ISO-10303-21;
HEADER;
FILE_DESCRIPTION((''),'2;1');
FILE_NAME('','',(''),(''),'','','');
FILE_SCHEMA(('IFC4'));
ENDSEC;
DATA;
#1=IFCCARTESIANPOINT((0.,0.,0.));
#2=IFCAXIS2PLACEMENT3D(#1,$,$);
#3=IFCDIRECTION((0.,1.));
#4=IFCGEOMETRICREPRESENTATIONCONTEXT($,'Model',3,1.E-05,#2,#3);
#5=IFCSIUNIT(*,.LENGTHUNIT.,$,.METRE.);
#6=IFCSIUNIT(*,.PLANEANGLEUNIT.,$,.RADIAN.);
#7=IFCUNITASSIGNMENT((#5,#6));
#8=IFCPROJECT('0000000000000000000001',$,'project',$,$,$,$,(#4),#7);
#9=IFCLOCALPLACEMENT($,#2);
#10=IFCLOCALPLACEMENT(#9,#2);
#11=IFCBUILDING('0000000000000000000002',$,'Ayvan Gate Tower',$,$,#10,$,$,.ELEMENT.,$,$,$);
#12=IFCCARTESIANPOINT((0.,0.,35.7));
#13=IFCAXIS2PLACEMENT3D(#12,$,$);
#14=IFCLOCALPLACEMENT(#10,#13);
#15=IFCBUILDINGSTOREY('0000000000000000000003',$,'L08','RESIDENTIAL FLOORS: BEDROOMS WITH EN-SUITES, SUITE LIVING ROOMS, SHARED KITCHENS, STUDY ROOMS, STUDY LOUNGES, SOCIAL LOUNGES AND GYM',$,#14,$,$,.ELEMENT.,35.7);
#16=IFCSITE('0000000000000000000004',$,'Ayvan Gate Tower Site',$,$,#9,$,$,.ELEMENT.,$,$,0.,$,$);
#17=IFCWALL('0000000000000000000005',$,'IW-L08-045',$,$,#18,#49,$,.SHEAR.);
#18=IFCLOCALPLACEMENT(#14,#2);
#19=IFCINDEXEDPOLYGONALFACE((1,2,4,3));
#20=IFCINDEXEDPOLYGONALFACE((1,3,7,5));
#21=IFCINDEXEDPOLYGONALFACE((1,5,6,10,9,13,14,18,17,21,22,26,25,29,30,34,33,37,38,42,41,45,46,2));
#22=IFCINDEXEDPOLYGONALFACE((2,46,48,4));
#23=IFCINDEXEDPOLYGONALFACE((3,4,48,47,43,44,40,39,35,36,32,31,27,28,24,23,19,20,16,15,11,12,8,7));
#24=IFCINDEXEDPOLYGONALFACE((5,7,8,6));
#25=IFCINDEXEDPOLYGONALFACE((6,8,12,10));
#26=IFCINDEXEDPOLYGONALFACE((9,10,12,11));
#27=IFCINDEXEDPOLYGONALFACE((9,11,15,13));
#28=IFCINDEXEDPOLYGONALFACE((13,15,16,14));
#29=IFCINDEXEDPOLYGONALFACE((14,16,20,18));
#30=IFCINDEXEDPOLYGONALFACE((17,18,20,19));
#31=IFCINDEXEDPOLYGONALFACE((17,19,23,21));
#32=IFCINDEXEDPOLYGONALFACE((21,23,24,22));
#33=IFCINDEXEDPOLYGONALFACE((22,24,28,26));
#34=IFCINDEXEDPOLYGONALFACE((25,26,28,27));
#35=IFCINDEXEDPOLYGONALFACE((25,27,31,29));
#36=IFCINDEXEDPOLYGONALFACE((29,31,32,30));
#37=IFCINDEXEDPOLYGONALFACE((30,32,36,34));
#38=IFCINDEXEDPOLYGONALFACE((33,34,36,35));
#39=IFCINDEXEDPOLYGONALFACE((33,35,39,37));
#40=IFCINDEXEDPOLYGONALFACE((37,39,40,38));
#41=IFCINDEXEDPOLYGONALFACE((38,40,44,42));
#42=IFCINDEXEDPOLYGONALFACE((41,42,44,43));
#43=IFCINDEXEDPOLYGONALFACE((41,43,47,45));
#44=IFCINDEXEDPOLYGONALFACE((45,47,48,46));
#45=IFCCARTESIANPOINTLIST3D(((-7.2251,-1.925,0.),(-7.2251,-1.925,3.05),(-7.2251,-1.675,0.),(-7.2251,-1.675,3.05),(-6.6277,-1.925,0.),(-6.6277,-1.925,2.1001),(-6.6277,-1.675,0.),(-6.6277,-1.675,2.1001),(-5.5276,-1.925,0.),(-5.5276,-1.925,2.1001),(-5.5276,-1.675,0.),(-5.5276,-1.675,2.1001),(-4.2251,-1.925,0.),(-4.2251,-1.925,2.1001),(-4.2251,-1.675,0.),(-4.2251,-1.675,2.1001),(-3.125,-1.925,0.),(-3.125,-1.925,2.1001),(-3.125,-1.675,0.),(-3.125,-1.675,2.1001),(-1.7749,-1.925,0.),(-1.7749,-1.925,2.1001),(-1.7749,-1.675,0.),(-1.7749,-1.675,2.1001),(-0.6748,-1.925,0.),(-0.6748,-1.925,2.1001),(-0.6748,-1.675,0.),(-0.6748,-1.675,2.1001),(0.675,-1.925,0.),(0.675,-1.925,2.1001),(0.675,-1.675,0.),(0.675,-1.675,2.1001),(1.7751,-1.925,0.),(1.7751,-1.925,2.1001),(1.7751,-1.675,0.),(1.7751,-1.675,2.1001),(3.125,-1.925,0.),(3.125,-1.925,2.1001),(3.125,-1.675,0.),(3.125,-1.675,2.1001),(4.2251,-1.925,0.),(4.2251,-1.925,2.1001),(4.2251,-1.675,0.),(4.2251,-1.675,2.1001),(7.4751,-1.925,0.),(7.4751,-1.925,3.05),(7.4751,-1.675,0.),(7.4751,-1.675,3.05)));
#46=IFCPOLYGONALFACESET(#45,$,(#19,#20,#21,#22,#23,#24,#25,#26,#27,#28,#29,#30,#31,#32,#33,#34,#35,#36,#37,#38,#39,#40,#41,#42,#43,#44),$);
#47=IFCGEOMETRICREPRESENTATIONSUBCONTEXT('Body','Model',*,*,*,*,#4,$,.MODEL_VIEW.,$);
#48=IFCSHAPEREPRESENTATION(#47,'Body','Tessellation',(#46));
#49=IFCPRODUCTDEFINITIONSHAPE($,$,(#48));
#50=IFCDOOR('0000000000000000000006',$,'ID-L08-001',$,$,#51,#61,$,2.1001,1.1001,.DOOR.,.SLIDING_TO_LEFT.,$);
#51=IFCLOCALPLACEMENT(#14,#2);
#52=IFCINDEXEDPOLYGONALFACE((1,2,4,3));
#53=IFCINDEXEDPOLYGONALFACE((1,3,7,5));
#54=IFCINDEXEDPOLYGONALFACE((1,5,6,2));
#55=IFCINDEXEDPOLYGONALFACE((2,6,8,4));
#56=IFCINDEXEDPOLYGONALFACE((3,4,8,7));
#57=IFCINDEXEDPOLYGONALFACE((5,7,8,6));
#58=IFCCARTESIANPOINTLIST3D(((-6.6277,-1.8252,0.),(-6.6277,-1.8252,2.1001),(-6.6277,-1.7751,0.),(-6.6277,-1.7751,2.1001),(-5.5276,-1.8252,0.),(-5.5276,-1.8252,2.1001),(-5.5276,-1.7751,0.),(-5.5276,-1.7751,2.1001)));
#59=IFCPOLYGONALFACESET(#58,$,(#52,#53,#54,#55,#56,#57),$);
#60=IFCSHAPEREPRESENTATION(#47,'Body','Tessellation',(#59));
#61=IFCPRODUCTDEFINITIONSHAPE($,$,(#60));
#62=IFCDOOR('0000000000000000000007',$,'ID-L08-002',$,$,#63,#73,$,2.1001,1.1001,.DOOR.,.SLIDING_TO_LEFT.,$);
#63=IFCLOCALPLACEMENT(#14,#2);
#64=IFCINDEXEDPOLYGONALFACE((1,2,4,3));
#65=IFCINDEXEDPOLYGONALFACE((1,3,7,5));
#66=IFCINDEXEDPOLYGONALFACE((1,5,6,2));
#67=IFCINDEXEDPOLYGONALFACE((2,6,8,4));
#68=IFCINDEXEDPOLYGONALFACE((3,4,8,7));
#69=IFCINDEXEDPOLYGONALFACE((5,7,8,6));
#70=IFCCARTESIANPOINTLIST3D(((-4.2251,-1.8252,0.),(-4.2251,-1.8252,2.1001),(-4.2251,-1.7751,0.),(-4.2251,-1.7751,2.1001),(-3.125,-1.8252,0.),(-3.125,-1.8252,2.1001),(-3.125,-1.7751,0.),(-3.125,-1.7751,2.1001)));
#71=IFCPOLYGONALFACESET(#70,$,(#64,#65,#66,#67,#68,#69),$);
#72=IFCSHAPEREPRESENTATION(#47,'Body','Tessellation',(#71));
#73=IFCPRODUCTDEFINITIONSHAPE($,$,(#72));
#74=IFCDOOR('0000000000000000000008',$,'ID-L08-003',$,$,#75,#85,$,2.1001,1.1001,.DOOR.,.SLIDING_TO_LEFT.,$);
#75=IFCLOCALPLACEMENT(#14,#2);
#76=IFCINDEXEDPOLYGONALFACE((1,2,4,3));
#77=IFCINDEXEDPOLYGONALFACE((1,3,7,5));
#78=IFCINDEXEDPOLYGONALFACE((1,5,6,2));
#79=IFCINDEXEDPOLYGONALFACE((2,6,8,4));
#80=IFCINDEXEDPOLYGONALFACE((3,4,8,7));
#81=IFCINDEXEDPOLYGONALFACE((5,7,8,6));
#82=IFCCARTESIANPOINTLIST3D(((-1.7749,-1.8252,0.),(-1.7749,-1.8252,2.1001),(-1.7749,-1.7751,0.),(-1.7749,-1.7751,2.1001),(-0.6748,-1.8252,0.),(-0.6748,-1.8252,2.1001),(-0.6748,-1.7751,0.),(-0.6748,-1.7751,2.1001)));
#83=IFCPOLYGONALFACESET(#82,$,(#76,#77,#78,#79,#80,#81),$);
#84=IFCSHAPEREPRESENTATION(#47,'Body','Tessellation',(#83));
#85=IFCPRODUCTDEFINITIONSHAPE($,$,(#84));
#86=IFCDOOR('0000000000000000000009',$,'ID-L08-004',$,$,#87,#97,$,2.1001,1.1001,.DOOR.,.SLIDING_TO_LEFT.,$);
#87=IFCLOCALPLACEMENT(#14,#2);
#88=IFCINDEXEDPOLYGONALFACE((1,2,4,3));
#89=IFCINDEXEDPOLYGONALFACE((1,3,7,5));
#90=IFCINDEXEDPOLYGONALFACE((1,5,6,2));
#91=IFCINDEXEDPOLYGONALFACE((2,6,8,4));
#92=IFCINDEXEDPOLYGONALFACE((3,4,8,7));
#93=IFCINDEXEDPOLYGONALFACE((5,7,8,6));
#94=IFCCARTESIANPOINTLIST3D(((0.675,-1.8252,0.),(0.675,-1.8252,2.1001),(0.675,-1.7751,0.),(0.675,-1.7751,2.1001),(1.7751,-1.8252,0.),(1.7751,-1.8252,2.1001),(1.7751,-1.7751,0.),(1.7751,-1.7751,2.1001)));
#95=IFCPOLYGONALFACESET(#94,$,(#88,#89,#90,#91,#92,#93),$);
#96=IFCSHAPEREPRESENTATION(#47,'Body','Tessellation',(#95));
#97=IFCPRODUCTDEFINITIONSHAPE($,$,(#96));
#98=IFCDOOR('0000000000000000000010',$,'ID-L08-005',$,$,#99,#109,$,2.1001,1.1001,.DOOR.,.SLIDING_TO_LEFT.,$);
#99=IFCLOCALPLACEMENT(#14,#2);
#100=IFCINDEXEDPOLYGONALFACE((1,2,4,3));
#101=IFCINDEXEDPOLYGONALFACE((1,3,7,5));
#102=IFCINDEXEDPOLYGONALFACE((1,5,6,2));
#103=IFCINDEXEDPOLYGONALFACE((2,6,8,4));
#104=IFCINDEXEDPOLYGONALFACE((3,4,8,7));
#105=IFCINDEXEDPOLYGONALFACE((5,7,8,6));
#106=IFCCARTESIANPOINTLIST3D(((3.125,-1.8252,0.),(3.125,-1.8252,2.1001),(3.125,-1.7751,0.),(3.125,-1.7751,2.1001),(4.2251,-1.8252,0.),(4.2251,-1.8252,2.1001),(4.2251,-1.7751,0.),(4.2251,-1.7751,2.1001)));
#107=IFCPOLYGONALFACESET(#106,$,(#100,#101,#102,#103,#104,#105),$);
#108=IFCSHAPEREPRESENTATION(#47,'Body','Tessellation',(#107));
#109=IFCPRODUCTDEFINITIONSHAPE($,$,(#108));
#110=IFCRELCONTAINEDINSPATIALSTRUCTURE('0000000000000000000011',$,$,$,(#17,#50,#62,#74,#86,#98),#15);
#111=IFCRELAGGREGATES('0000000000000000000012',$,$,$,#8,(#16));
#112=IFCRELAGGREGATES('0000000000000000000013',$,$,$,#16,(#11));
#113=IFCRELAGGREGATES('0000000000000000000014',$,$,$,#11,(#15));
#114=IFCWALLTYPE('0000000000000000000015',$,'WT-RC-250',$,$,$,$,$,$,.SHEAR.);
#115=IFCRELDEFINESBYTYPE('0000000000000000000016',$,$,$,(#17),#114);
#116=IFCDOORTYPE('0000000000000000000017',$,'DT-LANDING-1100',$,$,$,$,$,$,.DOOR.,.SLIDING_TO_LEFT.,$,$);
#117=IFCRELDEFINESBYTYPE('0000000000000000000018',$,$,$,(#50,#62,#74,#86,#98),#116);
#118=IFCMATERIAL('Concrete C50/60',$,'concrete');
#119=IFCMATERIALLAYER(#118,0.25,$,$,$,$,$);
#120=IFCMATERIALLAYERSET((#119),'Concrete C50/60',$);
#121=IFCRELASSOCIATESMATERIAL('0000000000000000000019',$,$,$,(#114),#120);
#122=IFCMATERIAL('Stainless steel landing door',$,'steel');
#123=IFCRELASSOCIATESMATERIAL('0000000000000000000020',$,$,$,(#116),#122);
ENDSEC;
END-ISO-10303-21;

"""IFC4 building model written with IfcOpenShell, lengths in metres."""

from ifc_helpers import new_model, si_unit, direction, frame, frame_2d, origin, place, context, subcontext, project, spatial, rectangle, extrude, material, layer, layer_set, type_object, element, fill, save


model = new_model("IFC4")

# Units and contexts
model_context = context("Model", 3, precision=1e-05, world=origin(), true_north=direction((0.0, 1.0)))
body_context = subcontext(model_context, "Body", "Model", "MODEL_VIEW")
ifc_project = project(units=[si_unit("LENGTHUNIT", "METRE"), si_unit("PLANEANGLEUNIT", "RADIAN")], contexts=[model_context])

# Site, building, storey
site_placement = place(None, origin())
site = spatial("IfcSite", under=ifc_project, at=site_placement, Name="Ayvan Gate Tower Site", CompositionType="ELEMENT", RefElevation=0.0)
building_placement = place(site_placement, origin())
building = spatial("IfcBuilding", under=site, at=building_placement, Name="Ayvan Gate Tower", CompositionType="ELEMENT")
storey_placement = place(building_placement, frame((0.0, 0.0, 35.7)))
storey = spatial("IfcBuildingStorey", under=building, at=storey_placement, Name="L08", Description="RESIDENTIAL FLOORS: BEDROOMS WITH EN-SUITES, SUITE LIVING ROOMS, SHARED KITCHENS, STUDY ROOMS, STUDY LOUNGES, SOCIAL LOUNGES AND GYM", CompositionType="ELEMENT", Elevation=35.7)

# Shared definitions
ifc_material_1 = material(Name="Concrete C50/60", Category="concrete")
ifc_layer_1 = layer(ifc_material_1, 0.25)
ifc_layer_set_1 = layer_set([ifc_layer_1], Name="Concrete C50/60")
wall_type_1 = type_object("IfcWallType", Name="WT-RC-250", PredefinedType="SHEAR", material=ifc_layer_set_1)

# Wall, openings, doors
wall_1_placement = place(storey_placement, frame((-7.2251, -1.8, 0.0), z_axis=(0.0, 0.0, 1.0), x_axis=(1.0, 0.0, 0.0)))
wall_1 = element("IfcWall", 1, at=wall_1_placement, inside=storey, type_object=wall_type_1, Name="IW-L08-045", PredefinedType="SHEAR", context=body_context, shape_type="SweptSolid", body=[
    extrude(rectangle(XDim=14.7002, YDim=0.25, at=frame_2d((7.3501, 0.0))), origin(), (0.0, 0.0, 1.0), 3.05),
])
opening_1_placement = place(wall_1_placement, frame((0.5974, 0.0, 0.0)))
opening_1 = element("IfcOpeningElement", 2, at=opening_1_placement, cuts=wall_1, PredefinedType="OPENING", context=body_context, shape_type="SweptSolid", body=[
    extrude(rectangle(XDim=1.1001, YDim=2.1001, at=frame_2d((0.55, 1.05))), frame((0.0, 0.135, 0.0), z_axis=(0.0, -1.0, 0.0), x_axis=(1.0, 0.0, 0.0)), (0.0, 0.0, 1.0), 0.27),
])
opening_2_placement = place(wall_1_placement, frame((3.0, 0.0, 0.0)))
opening_2 = element("IfcOpeningElement", 3, at=opening_2_placement, cuts=wall_1, PredefinedType="OPENING", context=body_context, shape_type="SweptSolid", body=[
    extrude(rectangle(XDim=1.1001, YDim=2.1001, at=frame_2d((0.55, 1.05))), frame((0.0, 0.135, 0.0), z_axis=(0.0, -1.0, 0.0), x_axis=(1.0, 0.0, 0.0)), (0.0, 0.0, 1.0), 0.27),
])
opening_3_placement = place(wall_1_placement, frame((5.4502, 0.0, 0.0)))
opening_3 = element("IfcOpeningElement", 4, at=opening_3_placement, cuts=wall_1, PredefinedType="OPENING", context=body_context, shape_type="SweptSolid", body=[
    extrude(rectangle(XDim=1.1001, YDim=2.1001, at=frame_2d((0.55, 1.05))), frame((0.0, 0.135, 0.0), z_axis=(0.0, -1.0, 0.0), x_axis=(1.0, 0.0, 0.0)), (0.0, 0.0, 1.0), 0.27),
])
opening_4_placement = place(wall_1_placement, frame((7.9001, 0.0, 0.0)))
opening_4 = element("IfcOpeningElement", 5, at=opening_4_placement, cuts=wall_1, PredefinedType="OPENING", context=body_context, shape_type="SweptSolid", body=[
    extrude(rectangle(XDim=1.1001, YDim=2.1001, at=frame_2d((0.55, 1.05))), frame((0.0, 0.135, 0.0), z_axis=(0.0, -1.0, 0.0), x_axis=(1.0, 0.0, 0.0)), (0.0, 0.0, 1.0), 0.27),
])
opening_5_placement = place(wall_1_placement, frame((10.3501, 0.0, 0.0)))
opening_5 = element("IfcOpeningElement", 6, at=opening_5_placement, cuts=wall_1, PredefinedType="OPENING", context=body_context, shape_type="SweptSolid", body=[
    extrude(rectangle(XDim=1.1001, YDim=2.1001, at=frame_2d((0.55, 1.05))), frame((0.0, 0.135, 0.0), z_axis=(0.0, -1.0, 0.0), x_axis=(1.0, 0.0, 0.0)), (0.0, 0.0, 1.0), 0.27),
])
ifc_material_2 = material(Name="Stainless steel landing door", Category="steel")
door_type_1 = type_object("IfcDoorType", Name="DT-LANDING-1100", OperationType="SLIDING_TO_LEFT", PredefinedType="DOOR", material=ifc_material_2)
door_1_placement = place(opening_1_placement, origin())
door_1 = element("IfcDoor", 7, at=door_1_placement, inside=storey, type_object=door_type_1, Name="ID-L08-001", OperationType="SLIDING_TO_LEFT", OverallHeight=2.1001, OverallWidth=1.1001, PredefinedType="DOOR", context=body_context, shape_type="SweptSolid", body=[
    extrude(rectangle(XDim=1.1001, YDim=2.1001, at=frame_2d((0.55, 1.05))), frame((0.0, 0.0249, 0.0), z_axis=(0.0, -1.0, 0.0), x_axis=(1.0, 0.0, 0.0)), (0.0, 0.0, 1.0), 0.05),
])
fill(opening_1, door_1)
door_2_placement = place(opening_2_placement, origin())
door_2 = element("IfcDoor", 8, at=door_2_placement, inside=storey, type_object=door_type_1, Name="ID-L08-002", OperationType="SLIDING_TO_LEFT", OverallHeight=2.1001, OverallWidth=1.1001, PredefinedType="DOOR", context=body_context, shape_type="SweptSolid", body=[
    extrude(rectangle(XDim=1.1001, YDim=2.1001, at=frame_2d((0.55, 1.05))), frame((0.0, 0.0249, 0.0), z_axis=(0.0, -1.0, 0.0), x_axis=(1.0, 0.0, 0.0)), (0.0, 0.0, 1.0), 0.05),
])
fill(opening_2, door_2)
door_3_placement = place(opening_3_placement, origin())
door_3 = element("IfcDoor", 9, at=door_3_placement, inside=storey, type_object=door_type_1, Name="ID-L08-003", OperationType="SLIDING_TO_LEFT", OverallHeight=2.1001, OverallWidth=1.1001, PredefinedType="DOOR", context=body_context, shape_type="SweptSolid", body=[
    extrude(rectangle(XDim=1.1001, YDim=2.1001, at=frame_2d((0.55, 1.05))), frame((0.0, 0.0249, 0.0), z_axis=(0.0, -1.0, 0.0), x_axis=(1.0, 0.0, 0.0)), (0.0, 0.0, 1.0), 0.05),
])
fill(opening_3, door_3)
door_4_placement = place(opening_4_placement, origin())
door_4 = element("IfcDoor", 10, at=door_4_placement, inside=storey, type_object=door_type_1, Name="ID-L08-004", OperationType="SLIDING_TO_LEFT", OverallHeight=2.1001, OverallWidth=1.1001, PredefinedType="DOOR", context=body_context, shape_type="SweptSolid", body=[
    extrude(rectangle(XDim=1.1001, YDim=2.1001, at=frame_2d((0.55, 1.05))), frame((0.0, 0.0249, 0.0), z_axis=(0.0, -1.0, 0.0), x_axis=(1.0, 0.0, 0.0)), (0.0, 0.0, 1.0), 0.05),
])
fill(opening_4, door_4)
door_5_placement = place(opening_5_placement, origin())
door_5 = element("IfcDoor", 11, at=door_5_placement, inside=storey, type_object=door_type_1, Name="ID-L08-005", OperationType="SLIDING_TO_LEFT", OverallHeight=2.1001, OverallWidth=1.1001, PredefinedType="DOOR", context=body_context, shape_type="SweptSolid", body=[
    extrude(rectangle(XDim=1.1001, YDim=2.1001, at=frame_2d((0.55, 1.05))), frame((0.0, 0.0249, 0.0), z_axis=(0.0, -1.0, 0.0), x_axis=(1.0, 0.0, 0.0)), (0.0, 0.0, 1.0), 0.05),
])
fill(opening_5, door_5)

save(model, "model.ifc")
